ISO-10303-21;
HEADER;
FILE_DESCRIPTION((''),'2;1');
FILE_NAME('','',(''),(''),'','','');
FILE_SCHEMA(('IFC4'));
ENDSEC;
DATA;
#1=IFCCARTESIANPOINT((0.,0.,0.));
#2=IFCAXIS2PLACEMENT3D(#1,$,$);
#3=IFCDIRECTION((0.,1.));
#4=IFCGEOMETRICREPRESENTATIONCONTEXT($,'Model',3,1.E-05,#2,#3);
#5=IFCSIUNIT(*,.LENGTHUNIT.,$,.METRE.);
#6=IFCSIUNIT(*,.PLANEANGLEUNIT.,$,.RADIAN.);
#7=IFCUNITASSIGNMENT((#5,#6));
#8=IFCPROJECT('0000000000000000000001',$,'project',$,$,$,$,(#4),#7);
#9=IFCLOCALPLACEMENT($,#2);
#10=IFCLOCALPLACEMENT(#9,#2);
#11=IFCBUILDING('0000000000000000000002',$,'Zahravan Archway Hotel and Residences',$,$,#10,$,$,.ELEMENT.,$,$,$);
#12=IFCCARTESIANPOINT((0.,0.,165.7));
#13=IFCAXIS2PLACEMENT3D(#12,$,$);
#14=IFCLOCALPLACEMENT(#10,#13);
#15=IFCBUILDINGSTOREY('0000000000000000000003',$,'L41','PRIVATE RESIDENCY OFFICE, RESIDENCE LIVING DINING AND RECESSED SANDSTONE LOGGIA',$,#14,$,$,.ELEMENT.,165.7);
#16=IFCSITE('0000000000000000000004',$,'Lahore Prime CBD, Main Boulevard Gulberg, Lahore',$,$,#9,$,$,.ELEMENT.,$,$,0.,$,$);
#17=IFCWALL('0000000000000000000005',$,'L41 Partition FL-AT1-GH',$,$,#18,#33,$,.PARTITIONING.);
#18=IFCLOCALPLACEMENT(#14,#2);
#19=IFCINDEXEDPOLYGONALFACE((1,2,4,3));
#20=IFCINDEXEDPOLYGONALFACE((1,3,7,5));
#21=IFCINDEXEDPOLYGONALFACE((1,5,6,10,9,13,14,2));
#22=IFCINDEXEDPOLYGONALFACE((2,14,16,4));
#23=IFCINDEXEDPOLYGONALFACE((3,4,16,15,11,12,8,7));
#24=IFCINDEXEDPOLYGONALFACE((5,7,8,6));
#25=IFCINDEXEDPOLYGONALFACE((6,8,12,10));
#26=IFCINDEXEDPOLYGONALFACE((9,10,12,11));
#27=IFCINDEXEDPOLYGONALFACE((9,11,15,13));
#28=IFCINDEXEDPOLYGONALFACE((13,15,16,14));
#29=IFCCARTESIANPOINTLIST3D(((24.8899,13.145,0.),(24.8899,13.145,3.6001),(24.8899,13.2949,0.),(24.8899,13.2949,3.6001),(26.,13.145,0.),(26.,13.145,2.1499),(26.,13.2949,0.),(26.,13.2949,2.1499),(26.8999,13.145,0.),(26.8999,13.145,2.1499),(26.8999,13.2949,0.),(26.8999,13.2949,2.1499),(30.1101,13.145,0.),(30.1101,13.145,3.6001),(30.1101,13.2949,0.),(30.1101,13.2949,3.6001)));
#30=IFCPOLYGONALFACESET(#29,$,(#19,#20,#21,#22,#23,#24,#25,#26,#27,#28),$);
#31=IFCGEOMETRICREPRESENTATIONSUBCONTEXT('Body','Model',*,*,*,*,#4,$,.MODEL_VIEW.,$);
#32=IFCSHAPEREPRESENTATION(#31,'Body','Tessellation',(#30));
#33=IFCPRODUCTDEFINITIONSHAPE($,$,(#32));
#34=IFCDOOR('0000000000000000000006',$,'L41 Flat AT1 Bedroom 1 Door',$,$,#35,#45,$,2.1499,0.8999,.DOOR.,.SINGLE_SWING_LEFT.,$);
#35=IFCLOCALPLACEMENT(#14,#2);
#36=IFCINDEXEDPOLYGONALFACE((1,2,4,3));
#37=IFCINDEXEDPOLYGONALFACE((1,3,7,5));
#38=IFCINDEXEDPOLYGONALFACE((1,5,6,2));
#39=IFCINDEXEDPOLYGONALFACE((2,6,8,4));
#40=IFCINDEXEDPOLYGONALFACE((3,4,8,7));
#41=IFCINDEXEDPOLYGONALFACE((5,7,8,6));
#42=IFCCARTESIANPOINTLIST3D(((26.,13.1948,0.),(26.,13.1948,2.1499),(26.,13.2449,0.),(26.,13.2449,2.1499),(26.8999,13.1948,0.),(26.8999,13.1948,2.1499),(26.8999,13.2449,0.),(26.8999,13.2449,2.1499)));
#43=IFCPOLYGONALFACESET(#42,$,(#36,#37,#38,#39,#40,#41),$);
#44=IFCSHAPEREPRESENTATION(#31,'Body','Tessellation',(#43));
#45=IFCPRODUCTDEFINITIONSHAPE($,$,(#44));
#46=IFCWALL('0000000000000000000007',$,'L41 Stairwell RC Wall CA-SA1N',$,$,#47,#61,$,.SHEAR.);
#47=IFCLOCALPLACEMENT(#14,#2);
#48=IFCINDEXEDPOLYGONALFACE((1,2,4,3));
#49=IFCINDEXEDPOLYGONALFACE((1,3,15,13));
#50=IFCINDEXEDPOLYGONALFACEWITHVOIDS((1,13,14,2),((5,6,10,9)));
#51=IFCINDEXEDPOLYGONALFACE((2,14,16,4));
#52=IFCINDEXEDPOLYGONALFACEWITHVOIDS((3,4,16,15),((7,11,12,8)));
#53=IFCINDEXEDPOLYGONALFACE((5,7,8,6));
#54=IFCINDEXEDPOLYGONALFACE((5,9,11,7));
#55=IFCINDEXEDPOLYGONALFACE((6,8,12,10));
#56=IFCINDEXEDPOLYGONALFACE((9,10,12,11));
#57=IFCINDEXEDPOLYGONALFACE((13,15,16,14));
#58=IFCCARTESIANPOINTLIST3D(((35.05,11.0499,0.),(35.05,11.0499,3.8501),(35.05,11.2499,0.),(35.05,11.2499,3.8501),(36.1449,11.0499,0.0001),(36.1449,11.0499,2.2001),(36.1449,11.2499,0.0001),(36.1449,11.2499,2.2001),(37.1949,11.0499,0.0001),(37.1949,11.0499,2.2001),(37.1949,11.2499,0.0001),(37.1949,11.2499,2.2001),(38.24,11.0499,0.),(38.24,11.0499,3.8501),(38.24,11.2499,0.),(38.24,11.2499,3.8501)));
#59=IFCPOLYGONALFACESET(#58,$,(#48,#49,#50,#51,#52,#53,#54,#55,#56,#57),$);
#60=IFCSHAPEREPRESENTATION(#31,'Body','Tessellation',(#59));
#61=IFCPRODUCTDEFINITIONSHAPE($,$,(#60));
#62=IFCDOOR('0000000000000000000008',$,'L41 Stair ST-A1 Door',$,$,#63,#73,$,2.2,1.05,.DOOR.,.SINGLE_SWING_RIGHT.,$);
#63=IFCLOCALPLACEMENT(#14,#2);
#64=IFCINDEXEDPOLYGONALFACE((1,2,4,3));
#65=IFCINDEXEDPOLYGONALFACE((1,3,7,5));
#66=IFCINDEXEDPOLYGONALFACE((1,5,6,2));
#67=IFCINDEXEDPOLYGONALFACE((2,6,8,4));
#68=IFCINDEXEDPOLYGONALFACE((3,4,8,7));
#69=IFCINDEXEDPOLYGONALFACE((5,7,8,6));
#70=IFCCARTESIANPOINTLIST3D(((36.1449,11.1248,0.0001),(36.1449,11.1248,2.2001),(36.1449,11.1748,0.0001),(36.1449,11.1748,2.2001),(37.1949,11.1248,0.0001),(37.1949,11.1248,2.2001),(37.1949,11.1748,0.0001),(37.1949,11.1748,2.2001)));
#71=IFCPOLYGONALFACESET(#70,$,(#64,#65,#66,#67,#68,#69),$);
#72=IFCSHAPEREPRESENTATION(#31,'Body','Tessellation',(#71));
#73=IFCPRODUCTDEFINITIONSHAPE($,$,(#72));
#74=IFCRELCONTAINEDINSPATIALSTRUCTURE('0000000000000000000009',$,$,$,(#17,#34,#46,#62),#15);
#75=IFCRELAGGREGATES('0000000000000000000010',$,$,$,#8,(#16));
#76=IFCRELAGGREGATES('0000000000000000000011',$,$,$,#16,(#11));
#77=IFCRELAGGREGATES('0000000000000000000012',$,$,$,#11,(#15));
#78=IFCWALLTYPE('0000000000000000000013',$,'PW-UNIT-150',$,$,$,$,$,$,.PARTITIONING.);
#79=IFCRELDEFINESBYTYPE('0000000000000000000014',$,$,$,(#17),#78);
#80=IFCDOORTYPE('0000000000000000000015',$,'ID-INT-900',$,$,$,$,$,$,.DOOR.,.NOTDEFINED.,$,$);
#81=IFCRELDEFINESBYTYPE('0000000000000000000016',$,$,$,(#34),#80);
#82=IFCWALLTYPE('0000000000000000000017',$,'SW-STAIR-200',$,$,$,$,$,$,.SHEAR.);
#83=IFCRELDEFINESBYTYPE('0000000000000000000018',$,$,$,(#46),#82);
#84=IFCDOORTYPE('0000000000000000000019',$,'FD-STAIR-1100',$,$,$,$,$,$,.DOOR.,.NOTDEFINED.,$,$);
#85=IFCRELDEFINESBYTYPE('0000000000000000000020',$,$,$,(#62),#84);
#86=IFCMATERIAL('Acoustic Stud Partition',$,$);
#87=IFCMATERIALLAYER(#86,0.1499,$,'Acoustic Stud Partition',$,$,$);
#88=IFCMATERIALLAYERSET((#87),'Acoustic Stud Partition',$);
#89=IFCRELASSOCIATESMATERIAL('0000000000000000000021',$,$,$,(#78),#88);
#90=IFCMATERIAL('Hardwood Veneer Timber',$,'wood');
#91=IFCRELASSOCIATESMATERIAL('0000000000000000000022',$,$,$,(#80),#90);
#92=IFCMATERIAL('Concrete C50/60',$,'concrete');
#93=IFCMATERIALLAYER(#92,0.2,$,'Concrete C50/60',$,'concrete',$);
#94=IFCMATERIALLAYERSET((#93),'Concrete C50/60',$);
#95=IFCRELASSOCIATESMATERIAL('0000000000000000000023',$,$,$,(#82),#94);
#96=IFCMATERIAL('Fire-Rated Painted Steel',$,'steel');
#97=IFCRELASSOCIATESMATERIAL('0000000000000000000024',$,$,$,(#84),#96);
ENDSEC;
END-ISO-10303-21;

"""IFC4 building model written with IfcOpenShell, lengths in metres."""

from ifc_helpers import new_model, si_unit, direction, frame, frame_2d, origin, place, context, subcontext, project, spatial, rectangle, extrude, source, transform, mapped, material, layer, layer_set, type_object, type_shapes, element, fill, save


model = new_model("IFC4")

# Units and contexts
model_context = context("Model", 3, precision=1e-05, world=origin(), true_north=direction((0.0, 1.0)))
body_context = subcontext(model_context, "Body", "Model", "MODEL_VIEW")
ifc_project = project(units=[si_unit("LENGTHUNIT", "METRE"), si_unit("PLANEANGLEUNIT", "RADIAN")], contexts=[model_context])

# Site, building, storey
site_placement = place(None, origin())
site = spatial("IfcSite", under=ifc_project, at=site_placement, Name="Lahore Prime CBD, Main Boulevard Gulberg, Lahore", CompositionType="ELEMENT", RefElevation=0.0)
building_placement = place(site_placement, origin())
building = spatial("IfcBuilding", under=site, at=building_placement, Name="Zahravan Archway Hotel and Residences", CompositionType="ELEMENT")
storey_placement = place(building_placement, frame((0.0, 0.0, 165.7)))
storey = spatial("IfcBuildingStorey", under=building, at=storey_placement, Name="L41", Description="PRIVATE RESIDENCY OFFICE, RESIDENCE LIVING DINING AND RECESSED SANDSTONE LOGGIA", CompositionType="ELEMENT", Elevation=165.7)

# Walls, openings, doors
ifc_material_1 = material(Name="Acoustic Stud Partition")
ifc_layer_1 = layer(ifc_material_1, 0.1499, Name="Acoustic Stud Partition")
ifc_layer_set_1 = layer_set([ifc_layer_1], Name="Acoustic Stud Partition")
wall_type_1 = type_object("IfcWallType", Name="PW-UNIT-150", PredefinedType="PARTITIONING", material=ifc_layer_set_1)
ifc_material_2 = material(Name="Hardwood Veneer Timber", Category="wood")
door_type_1 = type_object("IfcDoorType", Name="ID-INT-900", OperationType="NOTDEFINED", PredefinedType="DOOR", material=ifc_material_2)
shared_shape_1 = source(origin(), body_context, "Body", "SweptSolid", [
    extrude(rectangle(XDim=0.8999, YDim=2.1499, at=frame_2d((0.45, 1.075))), frame((0.0, 0.0249, 0.0), z_axis=(0.0, -1.0, 0.0), x_axis=(1.0, 0.0, 0.0)), (0.0, 0.0, 1.0), 0.05),
])
type_shapes(door_type_1, [shared_shape_1])
wall_1_placement = place(storey_placement, frame((24.8899, 13.22, 0.0), z_axis=(0.0, 0.0, 1.0), x_axis=(1.0, 0.0, 0.0)))
wall_1 = element("IfcWall", 1, at=wall_1_placement, inside=storey, type_object=wall_type_1, Name="L41 Partition FL-AT1-GH", PredefinedType="PARTITIONING", context=body_context, shape_type="SweptSolid", body=[
    extrude(rectangle(XDim=5.2202, YDim=0.1499, at=frame_2d((2.6101, 0.0))), origin(), (0.0, 0.0, 1.0), 3.6001),
])
opening_1_placement = place(wall_1_placement, frame((1.1101, 0.0, 0.0)))
opening_1 = element("IfcOpeningElement", 2, at=opening_1_placement, cuts=wall_1, PredefinedType="OPENING", context=body_context, shape_type="SweptSolid", body=[
    extrude(rectangle(XDim=0.8999, YDim=2.1499, at=frame_2d((0.45, 1.075))), frame((0.0, 0.085, 0.0), z_axis=(0.0, -1.0, 0.0), x_axis=(1.0, 0.0, 0.0)), (0.0, 0.0, 1.0), 0.1699),
])
door_1_placement = place(opening_1_placement, origin())
door_1 = element("IfcDoor", 3, at=door_1_placement, inside=storey, type_object=door_type_1, Name="L41 Flat AT1 Bedroom 1 Door", OperationType="SINGLE_SWING_LEFT", OverallHeight=2.1499, OverallWidth=0.8999, PredefinedType="DOOR", context=body_context, shape_type="MappedRepresentation", body=[
    mapped(shared_shape_1, transform((0.0, 0.0, 0.0), scale=1.0)),
])
fill(opening_1, door_1)
ifc_material_3 = material(Name="Concrete C50/60", Category="concrete")
ifc_layer_2 = layer(ifc_material_3, 0.2, Name="Concrete C50/60", Category="concrete")
ifc_layer_set_2 = layer_set([ifc_layer_2], Name="Concrete C50/60")
wall_type_2 = type_object("IfcWallType", Name="SW-STAIR-200", PredefinedType="SHEAR", material=ifc_layer_set_2)
wall_2_placement = place(storey_placement, frame((35.05, 11.1499, 0.0), z_axis=(0.0, 0.0, 1.0), x_axis=(1.0, 0.0, 0.0)))
wall_2 = element("IfcWall", 4, at=wall_2_placement, inside=storey, type_object=wall_type_2, Name="L41 Stairwell RC Wall CA-SA1N", PredefinedType="SHEAR", context=body_context, shape_type="SweptSolid", body=[
    extrude(rectangle(XDim=3.1899, YDim=0.2, at=frame_2d((1.595, 0.0))), origin(), (0.0, 0.0, 1.0), 3.8501),
])
opening_2_placement = place(wall_2_placement, frame((1.095, 0.0, 0.0)))
opening_2 = element("IfcOpeningElement", 5, at=opening_2_placement, cuts=wall_2, PredefinedType="OPENING", context=body_context, shape_type="SweptSolid", body=[
    extrude(rectangle(XDim=1.05, YDim=2.2, at=frame_2d((0.5249, 1.1001))), frame((0.0, 0.1099, 0.0), z_axis=(0.0, -1.0, 0.0), x_axis=(1.0, 0.0, 0.0)), (0.0, 0.0, 1.0), 0.22),
])
ifc_material_4 = material(Name="Fire-Rated Painted Steel", Category="steel")
door_type_2 = type_object("IfcDoorType", Name="FD-STAIR-1100", OperationType="NOTDEFINED", PredefinedType="DOOR", material=ifc_material_4)
shared_shape_2 = source(origin(), body_context, "Body", "SweptSolid", [
    extrude(rectangle(XDim=1.05, YDim=2.2, at=frame_2d((0.5249, 1.1001))), frame((0.0, 0.0249, 0.0), z_axis=(0.0, -1.0, 0.0), x_axis=(1.0, 0.0, 0.0)), (0.0, 0.0, 1.0), 0.05),
])
type_shapes(door_type_2, [shared_shape_2])
door_2_placement = place(opening_2_placement, origin())
door_2 = element("IfcDoor", 6, at=door_2_placement, inside=storey, type_object=door_type_2, Name="L41 Stair ST-A1 Door", OperationType="SINGLE_SWING_RIGHT", OverallHeight=2.2, OverallWidth=1.05, PredefinedType="DOOR", context=body_context, shape_type="MappedRepresentation", body=[
    mapped(shared_shape_2, transform((0.0, 0.0, 0.0), scale=1.0)),
])
fill(opening_2, door_2)

save(model, "model.ifc")
